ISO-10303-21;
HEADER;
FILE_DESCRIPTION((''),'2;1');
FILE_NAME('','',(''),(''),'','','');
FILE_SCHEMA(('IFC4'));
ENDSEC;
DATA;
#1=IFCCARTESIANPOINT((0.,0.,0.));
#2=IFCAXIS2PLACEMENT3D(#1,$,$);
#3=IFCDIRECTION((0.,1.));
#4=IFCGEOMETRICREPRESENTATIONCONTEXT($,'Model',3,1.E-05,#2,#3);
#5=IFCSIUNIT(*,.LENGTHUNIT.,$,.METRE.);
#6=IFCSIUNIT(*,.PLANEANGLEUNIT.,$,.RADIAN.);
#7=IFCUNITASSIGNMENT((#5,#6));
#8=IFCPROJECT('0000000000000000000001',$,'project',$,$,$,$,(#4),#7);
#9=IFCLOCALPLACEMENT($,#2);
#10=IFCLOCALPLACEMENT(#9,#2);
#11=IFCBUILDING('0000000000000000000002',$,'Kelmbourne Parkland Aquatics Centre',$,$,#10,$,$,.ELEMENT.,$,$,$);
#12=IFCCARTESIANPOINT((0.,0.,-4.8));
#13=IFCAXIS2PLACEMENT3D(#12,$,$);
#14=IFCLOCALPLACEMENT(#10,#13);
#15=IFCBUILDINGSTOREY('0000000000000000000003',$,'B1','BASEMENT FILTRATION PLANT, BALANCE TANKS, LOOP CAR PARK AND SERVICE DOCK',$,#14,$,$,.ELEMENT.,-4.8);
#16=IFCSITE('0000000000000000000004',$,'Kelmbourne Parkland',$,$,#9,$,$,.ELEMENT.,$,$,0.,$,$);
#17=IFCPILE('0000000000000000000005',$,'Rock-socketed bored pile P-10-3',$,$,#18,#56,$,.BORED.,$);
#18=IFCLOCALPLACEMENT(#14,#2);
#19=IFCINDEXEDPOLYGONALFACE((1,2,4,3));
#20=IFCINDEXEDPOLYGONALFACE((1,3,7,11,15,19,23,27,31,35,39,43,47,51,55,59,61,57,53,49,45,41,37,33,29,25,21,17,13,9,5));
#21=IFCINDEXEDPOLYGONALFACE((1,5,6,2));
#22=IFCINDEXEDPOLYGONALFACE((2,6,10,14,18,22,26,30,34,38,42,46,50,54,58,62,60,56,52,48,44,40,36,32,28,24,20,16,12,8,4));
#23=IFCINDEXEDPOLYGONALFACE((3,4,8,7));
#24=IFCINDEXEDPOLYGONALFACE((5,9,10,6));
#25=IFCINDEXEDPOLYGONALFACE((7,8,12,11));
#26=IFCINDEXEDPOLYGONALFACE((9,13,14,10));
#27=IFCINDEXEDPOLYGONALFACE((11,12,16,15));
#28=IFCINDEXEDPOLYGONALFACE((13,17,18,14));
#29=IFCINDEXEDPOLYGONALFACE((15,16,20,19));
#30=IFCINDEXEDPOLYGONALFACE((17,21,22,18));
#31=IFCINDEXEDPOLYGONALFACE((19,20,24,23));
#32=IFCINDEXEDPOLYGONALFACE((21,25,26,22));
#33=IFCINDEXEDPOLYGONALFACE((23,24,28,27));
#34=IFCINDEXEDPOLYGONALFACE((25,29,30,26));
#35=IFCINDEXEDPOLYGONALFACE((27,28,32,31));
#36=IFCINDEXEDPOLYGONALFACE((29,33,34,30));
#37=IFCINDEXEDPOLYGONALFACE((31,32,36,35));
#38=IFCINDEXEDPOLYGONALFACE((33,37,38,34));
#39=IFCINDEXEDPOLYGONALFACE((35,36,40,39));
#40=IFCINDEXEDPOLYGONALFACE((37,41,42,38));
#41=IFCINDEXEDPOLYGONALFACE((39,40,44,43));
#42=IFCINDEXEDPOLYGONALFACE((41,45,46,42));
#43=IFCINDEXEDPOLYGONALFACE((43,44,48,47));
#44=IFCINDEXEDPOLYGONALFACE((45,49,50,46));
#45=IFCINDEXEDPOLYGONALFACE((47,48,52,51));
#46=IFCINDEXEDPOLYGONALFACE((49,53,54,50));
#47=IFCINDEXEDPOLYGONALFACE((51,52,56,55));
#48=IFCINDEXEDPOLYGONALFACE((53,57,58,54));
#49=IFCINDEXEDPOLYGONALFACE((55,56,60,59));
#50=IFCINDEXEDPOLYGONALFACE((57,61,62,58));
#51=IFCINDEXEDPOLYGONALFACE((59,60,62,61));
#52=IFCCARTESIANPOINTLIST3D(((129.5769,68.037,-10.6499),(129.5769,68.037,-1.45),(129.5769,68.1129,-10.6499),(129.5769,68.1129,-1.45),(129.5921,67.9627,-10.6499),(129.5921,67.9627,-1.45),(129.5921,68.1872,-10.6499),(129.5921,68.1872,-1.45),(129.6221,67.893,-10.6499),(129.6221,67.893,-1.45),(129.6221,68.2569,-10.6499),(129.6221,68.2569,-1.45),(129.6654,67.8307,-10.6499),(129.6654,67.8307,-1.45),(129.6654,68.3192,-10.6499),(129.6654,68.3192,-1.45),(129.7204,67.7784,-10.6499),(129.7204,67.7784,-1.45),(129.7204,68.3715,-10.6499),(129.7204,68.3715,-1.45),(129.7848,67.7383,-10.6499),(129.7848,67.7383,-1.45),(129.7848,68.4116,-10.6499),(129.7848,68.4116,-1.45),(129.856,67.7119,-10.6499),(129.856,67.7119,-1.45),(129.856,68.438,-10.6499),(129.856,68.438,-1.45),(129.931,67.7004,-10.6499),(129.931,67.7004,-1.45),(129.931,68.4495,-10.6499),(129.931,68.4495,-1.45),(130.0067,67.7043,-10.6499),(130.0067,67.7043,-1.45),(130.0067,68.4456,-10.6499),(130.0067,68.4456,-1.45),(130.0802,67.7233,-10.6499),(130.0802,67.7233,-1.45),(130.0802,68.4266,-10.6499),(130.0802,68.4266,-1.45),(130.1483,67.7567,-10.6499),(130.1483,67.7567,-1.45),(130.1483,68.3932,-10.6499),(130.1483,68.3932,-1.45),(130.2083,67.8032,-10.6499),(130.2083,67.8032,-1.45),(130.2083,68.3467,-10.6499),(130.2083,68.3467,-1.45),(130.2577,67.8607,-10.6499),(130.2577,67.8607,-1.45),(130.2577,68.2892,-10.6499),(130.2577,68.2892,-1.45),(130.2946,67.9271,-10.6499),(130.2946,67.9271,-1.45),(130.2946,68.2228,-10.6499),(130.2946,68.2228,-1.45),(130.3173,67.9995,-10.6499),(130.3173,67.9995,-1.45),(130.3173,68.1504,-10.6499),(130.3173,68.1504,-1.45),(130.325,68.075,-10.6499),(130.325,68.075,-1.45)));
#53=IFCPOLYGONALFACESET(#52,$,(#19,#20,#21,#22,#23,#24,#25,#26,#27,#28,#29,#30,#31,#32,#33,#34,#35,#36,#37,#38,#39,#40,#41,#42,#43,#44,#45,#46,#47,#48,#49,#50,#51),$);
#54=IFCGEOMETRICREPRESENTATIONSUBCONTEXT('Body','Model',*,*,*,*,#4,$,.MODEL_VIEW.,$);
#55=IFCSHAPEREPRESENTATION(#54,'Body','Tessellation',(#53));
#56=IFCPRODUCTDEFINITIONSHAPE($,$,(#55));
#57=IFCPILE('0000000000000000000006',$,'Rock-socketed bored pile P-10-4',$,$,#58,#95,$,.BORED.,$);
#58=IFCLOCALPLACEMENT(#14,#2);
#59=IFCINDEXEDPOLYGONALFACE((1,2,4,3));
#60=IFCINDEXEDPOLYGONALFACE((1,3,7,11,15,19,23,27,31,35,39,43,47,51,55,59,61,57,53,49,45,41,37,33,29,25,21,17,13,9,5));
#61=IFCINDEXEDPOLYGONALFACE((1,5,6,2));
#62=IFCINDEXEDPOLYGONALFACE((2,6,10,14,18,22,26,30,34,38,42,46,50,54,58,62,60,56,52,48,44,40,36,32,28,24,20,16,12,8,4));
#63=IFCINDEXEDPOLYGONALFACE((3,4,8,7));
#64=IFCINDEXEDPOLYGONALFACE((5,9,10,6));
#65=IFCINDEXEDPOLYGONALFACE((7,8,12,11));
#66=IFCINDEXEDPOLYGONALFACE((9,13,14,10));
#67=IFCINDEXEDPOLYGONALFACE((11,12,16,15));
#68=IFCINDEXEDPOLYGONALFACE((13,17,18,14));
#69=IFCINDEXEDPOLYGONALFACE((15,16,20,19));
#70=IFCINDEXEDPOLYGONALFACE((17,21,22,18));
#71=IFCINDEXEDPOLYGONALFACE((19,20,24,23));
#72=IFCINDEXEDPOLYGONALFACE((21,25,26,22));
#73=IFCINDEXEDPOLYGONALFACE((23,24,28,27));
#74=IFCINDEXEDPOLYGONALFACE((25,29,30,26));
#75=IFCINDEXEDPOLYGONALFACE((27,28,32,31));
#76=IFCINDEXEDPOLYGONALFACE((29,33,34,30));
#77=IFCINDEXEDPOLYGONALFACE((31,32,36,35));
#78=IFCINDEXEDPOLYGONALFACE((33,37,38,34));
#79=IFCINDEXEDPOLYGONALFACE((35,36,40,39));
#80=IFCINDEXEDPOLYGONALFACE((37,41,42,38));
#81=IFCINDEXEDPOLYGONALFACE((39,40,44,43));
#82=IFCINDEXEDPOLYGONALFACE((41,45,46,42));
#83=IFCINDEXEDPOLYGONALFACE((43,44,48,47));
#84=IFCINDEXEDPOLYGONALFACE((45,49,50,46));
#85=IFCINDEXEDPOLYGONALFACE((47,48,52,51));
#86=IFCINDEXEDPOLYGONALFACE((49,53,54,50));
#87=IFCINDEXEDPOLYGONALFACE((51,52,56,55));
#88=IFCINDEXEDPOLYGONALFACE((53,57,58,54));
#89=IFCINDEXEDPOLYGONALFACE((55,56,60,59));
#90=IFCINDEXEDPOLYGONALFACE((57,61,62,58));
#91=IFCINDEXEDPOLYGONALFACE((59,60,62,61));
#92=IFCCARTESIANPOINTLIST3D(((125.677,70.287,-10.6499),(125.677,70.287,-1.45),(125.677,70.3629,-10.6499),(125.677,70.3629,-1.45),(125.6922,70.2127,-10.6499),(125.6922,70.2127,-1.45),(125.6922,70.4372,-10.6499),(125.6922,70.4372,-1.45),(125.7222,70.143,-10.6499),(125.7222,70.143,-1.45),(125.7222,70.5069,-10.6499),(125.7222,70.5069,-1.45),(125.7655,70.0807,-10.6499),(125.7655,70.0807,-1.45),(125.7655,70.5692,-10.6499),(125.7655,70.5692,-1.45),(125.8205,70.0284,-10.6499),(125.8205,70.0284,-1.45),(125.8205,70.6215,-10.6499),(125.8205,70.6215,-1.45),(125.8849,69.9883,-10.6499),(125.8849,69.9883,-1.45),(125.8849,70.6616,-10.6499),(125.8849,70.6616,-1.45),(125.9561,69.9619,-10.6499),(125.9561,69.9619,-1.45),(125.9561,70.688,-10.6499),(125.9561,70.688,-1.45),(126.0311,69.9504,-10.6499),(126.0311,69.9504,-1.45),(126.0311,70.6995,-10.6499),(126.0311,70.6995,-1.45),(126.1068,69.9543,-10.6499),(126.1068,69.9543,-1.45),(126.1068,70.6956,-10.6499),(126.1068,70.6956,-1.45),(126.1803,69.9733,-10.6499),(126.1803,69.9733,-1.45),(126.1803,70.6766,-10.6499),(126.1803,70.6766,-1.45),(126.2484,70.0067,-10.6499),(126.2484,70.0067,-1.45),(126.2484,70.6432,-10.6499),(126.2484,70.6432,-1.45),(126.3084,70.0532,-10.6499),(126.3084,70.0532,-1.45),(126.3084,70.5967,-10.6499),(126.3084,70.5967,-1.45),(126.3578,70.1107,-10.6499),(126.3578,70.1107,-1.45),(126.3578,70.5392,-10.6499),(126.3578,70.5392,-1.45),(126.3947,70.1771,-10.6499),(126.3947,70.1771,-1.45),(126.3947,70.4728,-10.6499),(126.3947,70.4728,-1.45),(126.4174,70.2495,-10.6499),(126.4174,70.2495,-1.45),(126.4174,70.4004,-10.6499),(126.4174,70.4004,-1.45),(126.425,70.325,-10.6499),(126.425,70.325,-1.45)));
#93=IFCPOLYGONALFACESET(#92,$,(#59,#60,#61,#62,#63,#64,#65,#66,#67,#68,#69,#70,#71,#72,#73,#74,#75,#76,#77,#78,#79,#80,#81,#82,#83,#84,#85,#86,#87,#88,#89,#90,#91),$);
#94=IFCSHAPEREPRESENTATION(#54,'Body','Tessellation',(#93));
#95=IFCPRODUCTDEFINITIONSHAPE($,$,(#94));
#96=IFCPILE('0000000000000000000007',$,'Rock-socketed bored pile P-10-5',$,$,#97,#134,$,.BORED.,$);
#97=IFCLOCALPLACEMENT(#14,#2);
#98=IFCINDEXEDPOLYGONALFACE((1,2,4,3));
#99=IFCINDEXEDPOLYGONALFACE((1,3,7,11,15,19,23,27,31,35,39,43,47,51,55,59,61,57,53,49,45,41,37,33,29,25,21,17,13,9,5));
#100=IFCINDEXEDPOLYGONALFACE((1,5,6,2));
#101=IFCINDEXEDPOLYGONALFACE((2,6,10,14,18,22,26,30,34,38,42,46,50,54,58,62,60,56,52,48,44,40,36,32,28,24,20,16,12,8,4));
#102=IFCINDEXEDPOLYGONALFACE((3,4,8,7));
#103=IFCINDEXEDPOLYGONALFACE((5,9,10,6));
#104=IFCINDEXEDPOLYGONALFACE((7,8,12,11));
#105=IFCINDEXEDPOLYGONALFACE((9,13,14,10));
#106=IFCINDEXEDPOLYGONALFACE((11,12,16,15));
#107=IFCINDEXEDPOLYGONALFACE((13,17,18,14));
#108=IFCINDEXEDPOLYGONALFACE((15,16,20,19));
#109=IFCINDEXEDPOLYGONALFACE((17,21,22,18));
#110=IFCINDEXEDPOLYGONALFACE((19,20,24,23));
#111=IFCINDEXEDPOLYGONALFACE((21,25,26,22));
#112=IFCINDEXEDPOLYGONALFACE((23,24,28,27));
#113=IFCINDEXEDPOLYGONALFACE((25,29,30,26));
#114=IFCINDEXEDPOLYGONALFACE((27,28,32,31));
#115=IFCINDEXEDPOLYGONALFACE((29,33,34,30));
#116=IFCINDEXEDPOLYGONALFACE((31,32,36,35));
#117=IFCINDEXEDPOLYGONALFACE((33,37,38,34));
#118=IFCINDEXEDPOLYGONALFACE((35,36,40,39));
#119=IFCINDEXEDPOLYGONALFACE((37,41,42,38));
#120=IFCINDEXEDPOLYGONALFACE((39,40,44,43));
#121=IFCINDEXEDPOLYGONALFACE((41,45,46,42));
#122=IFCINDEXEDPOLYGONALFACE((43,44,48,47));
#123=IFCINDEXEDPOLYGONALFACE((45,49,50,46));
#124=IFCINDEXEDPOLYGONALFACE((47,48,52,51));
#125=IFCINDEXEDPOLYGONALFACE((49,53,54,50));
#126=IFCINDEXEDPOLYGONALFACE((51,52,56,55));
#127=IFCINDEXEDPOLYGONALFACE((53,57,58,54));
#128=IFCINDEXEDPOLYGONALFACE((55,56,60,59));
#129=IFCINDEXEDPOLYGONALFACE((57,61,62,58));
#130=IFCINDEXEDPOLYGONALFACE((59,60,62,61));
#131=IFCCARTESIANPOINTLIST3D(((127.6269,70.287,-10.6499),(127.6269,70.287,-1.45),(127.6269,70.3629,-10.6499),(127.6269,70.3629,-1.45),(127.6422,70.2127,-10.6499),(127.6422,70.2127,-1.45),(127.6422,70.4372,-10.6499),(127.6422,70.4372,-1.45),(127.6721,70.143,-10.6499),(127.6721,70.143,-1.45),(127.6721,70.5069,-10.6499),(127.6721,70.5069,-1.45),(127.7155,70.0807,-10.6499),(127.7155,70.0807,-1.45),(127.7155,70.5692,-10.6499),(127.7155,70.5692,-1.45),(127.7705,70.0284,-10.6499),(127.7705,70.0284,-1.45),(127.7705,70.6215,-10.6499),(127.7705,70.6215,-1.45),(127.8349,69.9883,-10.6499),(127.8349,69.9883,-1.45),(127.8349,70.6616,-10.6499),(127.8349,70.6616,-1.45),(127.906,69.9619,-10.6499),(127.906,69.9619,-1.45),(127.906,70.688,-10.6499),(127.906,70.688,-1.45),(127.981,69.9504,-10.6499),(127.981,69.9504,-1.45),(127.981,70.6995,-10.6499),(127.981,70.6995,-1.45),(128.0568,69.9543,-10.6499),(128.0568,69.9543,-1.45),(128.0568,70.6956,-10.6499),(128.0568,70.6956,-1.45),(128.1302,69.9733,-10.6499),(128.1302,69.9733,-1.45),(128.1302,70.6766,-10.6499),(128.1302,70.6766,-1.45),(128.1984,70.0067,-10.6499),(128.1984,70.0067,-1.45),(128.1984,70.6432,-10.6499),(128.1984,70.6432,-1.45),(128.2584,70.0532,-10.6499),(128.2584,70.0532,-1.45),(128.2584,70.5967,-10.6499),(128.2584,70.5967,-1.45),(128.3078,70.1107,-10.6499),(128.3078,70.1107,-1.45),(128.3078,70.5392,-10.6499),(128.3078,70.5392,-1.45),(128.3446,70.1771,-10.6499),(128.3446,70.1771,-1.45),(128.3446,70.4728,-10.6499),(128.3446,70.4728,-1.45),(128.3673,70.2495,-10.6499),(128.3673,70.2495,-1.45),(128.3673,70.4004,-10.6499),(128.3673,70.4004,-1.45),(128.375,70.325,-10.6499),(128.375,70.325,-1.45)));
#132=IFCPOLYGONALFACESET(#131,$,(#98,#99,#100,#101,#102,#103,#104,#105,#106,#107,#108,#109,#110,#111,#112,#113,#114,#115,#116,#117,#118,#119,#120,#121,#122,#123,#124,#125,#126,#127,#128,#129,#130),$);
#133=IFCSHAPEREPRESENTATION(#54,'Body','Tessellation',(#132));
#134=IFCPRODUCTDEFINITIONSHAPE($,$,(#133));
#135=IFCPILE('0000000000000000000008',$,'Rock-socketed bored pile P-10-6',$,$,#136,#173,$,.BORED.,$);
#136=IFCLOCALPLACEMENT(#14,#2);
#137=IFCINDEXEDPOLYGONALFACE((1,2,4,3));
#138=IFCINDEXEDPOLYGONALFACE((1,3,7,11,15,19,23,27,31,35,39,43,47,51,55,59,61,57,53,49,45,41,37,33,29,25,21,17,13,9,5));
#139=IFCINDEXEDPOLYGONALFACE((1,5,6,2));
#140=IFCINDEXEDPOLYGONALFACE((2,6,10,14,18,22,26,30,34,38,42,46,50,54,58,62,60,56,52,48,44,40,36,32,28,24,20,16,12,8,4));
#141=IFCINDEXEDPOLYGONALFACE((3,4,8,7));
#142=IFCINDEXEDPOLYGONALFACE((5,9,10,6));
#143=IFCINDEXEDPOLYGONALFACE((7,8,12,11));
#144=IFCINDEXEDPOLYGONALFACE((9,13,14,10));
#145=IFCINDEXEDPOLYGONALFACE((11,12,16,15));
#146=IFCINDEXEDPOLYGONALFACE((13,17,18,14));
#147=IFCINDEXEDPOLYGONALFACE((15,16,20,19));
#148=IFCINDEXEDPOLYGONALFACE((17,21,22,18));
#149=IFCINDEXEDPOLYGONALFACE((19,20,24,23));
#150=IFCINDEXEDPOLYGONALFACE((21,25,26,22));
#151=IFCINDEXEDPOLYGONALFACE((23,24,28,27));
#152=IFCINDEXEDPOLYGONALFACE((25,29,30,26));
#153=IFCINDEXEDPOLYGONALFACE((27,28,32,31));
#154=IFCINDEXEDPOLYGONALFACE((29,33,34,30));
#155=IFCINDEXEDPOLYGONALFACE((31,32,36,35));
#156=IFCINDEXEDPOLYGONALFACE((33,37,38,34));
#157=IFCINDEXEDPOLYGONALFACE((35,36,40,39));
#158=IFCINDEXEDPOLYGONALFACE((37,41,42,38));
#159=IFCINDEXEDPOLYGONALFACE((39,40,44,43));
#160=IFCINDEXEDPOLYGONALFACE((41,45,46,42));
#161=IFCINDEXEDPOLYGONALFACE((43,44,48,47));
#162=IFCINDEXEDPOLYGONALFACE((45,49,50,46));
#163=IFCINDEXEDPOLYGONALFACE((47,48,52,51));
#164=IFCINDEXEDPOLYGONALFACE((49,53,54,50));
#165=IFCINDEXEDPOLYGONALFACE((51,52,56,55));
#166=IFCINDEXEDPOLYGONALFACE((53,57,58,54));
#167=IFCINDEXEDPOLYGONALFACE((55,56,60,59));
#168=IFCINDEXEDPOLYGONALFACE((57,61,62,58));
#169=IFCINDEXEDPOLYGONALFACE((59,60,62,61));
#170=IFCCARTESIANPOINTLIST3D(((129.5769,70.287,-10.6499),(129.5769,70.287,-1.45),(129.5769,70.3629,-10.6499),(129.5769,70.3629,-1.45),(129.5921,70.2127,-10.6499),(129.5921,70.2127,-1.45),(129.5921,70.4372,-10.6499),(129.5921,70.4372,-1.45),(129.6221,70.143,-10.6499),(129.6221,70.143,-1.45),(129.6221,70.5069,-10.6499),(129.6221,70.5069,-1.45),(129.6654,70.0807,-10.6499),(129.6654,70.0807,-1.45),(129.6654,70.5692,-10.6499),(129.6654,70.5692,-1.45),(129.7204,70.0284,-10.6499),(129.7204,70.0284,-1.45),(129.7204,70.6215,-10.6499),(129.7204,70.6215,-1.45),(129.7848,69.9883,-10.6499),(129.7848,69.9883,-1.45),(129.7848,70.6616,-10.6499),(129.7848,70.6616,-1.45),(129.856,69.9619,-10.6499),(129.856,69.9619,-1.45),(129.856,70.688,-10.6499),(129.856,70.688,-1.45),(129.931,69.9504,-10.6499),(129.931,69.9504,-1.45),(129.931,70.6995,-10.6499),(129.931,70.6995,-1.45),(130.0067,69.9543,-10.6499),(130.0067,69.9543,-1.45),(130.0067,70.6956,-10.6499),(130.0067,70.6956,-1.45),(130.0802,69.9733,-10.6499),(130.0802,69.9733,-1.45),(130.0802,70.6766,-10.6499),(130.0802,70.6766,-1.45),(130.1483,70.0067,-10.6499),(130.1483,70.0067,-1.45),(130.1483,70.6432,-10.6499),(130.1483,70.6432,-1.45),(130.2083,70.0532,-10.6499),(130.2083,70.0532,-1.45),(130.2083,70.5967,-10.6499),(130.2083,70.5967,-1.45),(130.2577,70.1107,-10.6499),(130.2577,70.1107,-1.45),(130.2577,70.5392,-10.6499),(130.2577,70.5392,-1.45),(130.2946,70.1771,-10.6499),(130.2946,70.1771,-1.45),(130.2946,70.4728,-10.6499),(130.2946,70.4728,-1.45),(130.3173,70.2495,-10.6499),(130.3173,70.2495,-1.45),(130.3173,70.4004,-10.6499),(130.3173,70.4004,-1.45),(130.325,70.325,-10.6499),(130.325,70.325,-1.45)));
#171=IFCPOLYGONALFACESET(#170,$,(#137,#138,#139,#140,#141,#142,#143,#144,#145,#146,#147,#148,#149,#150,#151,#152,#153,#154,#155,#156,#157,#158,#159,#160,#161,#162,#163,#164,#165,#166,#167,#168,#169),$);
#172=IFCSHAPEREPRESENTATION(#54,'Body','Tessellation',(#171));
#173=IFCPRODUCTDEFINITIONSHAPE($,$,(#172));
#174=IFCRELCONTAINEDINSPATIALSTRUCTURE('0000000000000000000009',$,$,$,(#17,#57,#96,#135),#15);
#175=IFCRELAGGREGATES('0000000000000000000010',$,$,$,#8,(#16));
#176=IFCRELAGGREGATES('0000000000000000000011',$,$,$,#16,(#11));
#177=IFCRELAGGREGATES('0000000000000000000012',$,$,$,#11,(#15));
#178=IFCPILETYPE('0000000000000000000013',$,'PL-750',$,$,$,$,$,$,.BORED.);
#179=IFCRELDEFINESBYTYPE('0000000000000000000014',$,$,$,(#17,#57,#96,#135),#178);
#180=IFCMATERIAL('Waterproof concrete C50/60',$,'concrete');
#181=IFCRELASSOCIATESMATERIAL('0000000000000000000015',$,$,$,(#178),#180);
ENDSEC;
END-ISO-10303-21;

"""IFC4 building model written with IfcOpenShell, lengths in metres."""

from ifc_helpers import new_model, si_unit, direction, frame, origin, origin_2d, place, context, subcontext, project, spatial, circle, extrude, material, material_profile, profile_set, type_object, element, save


model = new_model("IFC4")

# Units and contexts
model_context = context("Model", 3, precision=1e-05, world=origin(), true_north=direction((0.0, 1.0)))
body_context = subcontext(model_context, "Body", "Model", "MODEL_VIEW")
ifc_project = project(units=[si_unit("LENGTHUNIT", "METRE"), si_unit("PLANEANGLEUNIT", "RADIAN")], contexts=[model_context])

# Site, building, storey
site_placement = place(None, origin())
site = spatial("IfcSite", under=ifc_project, at=site_placement, Name="Kelmbourne Parkland", CompositionType="ELEMENT", RefElevation=0.0)
building_placement = place(site_placement, origin())
building = spatial("IfcBuilding", under=site, at=building_placement, Name="Kelmbourne Parkland Aquatics Centre", CompositionType="ELEMENT")
storey_placement = place(building_placement, frame((0.0, 0.0, -4.8)))
storey = spatial("IfcBuildingStorey", under=building, at=storey_placement, Name="B1", Description="BASEMENT FILTRATION PLANT, BALANCE TANKS, LOOP CAR PARK AND SERVICE DOCK", CompositionType="ELEMENT", Elevation=-4.8)

# Shared definitions
ifc_material_1 = material(Name="Waterproof concrete C50/60", Category="concrete")

# Piles
ifc_material_profile_1 = material_profile(ifc_material_1, circle(Radius=0.375, at=origin_2d()), Name="PILE D750")
ifc_profile_set_1 = profile_set([ifc_material_profile_1], Name="Waterproof concrete C50/60")
pile_type_1 = type_object("IfcPileType", Name="PL-750", PredefinedType="BORED", material=ifc_profile_set_1)
for number, where, z_axis, x_axis, name in (
    (1, (129.95, 68.075, -1.45), (0.0, 0.0, -1.0), (1.0, 0.0, 0.0), "Rock-socketed bored pile P-10-3"),
    (2, (126.05, 70.325, -1.45), (0.0, 0.0, -1.0), (1.0, 0.0, 0.0), "Rock-socketed bored pile P-10-4"),
    (3, (128.0, 70.325, -1.45), (0.0, 0.0, -1.0), (1.0, 0.0, 0.0), "Rock-socketed bored pile P-10-5"),
    (4, (129.95, 70.325, -1.45), (0.0, 0.0, -1.0), (1.0, 0.0, 0.0), "Rock-socketed bored pile P-10-6"),
):
    element("IfcPile", number, at=place(storey_placement, frame(where, z_axis=z_axis, x_axis=x_axis)), inside=storey, type_object=pile_type_1, Name=name, PredefinedType="BORED", context=body_context, shape_type="SweptSolid", body=[
        extrude(circle(Radius=0.375, at=origin_2d()), origin(), (0.0, 0.0, 1.0), 9.2),
    ])

save(model, "model.ifc")
